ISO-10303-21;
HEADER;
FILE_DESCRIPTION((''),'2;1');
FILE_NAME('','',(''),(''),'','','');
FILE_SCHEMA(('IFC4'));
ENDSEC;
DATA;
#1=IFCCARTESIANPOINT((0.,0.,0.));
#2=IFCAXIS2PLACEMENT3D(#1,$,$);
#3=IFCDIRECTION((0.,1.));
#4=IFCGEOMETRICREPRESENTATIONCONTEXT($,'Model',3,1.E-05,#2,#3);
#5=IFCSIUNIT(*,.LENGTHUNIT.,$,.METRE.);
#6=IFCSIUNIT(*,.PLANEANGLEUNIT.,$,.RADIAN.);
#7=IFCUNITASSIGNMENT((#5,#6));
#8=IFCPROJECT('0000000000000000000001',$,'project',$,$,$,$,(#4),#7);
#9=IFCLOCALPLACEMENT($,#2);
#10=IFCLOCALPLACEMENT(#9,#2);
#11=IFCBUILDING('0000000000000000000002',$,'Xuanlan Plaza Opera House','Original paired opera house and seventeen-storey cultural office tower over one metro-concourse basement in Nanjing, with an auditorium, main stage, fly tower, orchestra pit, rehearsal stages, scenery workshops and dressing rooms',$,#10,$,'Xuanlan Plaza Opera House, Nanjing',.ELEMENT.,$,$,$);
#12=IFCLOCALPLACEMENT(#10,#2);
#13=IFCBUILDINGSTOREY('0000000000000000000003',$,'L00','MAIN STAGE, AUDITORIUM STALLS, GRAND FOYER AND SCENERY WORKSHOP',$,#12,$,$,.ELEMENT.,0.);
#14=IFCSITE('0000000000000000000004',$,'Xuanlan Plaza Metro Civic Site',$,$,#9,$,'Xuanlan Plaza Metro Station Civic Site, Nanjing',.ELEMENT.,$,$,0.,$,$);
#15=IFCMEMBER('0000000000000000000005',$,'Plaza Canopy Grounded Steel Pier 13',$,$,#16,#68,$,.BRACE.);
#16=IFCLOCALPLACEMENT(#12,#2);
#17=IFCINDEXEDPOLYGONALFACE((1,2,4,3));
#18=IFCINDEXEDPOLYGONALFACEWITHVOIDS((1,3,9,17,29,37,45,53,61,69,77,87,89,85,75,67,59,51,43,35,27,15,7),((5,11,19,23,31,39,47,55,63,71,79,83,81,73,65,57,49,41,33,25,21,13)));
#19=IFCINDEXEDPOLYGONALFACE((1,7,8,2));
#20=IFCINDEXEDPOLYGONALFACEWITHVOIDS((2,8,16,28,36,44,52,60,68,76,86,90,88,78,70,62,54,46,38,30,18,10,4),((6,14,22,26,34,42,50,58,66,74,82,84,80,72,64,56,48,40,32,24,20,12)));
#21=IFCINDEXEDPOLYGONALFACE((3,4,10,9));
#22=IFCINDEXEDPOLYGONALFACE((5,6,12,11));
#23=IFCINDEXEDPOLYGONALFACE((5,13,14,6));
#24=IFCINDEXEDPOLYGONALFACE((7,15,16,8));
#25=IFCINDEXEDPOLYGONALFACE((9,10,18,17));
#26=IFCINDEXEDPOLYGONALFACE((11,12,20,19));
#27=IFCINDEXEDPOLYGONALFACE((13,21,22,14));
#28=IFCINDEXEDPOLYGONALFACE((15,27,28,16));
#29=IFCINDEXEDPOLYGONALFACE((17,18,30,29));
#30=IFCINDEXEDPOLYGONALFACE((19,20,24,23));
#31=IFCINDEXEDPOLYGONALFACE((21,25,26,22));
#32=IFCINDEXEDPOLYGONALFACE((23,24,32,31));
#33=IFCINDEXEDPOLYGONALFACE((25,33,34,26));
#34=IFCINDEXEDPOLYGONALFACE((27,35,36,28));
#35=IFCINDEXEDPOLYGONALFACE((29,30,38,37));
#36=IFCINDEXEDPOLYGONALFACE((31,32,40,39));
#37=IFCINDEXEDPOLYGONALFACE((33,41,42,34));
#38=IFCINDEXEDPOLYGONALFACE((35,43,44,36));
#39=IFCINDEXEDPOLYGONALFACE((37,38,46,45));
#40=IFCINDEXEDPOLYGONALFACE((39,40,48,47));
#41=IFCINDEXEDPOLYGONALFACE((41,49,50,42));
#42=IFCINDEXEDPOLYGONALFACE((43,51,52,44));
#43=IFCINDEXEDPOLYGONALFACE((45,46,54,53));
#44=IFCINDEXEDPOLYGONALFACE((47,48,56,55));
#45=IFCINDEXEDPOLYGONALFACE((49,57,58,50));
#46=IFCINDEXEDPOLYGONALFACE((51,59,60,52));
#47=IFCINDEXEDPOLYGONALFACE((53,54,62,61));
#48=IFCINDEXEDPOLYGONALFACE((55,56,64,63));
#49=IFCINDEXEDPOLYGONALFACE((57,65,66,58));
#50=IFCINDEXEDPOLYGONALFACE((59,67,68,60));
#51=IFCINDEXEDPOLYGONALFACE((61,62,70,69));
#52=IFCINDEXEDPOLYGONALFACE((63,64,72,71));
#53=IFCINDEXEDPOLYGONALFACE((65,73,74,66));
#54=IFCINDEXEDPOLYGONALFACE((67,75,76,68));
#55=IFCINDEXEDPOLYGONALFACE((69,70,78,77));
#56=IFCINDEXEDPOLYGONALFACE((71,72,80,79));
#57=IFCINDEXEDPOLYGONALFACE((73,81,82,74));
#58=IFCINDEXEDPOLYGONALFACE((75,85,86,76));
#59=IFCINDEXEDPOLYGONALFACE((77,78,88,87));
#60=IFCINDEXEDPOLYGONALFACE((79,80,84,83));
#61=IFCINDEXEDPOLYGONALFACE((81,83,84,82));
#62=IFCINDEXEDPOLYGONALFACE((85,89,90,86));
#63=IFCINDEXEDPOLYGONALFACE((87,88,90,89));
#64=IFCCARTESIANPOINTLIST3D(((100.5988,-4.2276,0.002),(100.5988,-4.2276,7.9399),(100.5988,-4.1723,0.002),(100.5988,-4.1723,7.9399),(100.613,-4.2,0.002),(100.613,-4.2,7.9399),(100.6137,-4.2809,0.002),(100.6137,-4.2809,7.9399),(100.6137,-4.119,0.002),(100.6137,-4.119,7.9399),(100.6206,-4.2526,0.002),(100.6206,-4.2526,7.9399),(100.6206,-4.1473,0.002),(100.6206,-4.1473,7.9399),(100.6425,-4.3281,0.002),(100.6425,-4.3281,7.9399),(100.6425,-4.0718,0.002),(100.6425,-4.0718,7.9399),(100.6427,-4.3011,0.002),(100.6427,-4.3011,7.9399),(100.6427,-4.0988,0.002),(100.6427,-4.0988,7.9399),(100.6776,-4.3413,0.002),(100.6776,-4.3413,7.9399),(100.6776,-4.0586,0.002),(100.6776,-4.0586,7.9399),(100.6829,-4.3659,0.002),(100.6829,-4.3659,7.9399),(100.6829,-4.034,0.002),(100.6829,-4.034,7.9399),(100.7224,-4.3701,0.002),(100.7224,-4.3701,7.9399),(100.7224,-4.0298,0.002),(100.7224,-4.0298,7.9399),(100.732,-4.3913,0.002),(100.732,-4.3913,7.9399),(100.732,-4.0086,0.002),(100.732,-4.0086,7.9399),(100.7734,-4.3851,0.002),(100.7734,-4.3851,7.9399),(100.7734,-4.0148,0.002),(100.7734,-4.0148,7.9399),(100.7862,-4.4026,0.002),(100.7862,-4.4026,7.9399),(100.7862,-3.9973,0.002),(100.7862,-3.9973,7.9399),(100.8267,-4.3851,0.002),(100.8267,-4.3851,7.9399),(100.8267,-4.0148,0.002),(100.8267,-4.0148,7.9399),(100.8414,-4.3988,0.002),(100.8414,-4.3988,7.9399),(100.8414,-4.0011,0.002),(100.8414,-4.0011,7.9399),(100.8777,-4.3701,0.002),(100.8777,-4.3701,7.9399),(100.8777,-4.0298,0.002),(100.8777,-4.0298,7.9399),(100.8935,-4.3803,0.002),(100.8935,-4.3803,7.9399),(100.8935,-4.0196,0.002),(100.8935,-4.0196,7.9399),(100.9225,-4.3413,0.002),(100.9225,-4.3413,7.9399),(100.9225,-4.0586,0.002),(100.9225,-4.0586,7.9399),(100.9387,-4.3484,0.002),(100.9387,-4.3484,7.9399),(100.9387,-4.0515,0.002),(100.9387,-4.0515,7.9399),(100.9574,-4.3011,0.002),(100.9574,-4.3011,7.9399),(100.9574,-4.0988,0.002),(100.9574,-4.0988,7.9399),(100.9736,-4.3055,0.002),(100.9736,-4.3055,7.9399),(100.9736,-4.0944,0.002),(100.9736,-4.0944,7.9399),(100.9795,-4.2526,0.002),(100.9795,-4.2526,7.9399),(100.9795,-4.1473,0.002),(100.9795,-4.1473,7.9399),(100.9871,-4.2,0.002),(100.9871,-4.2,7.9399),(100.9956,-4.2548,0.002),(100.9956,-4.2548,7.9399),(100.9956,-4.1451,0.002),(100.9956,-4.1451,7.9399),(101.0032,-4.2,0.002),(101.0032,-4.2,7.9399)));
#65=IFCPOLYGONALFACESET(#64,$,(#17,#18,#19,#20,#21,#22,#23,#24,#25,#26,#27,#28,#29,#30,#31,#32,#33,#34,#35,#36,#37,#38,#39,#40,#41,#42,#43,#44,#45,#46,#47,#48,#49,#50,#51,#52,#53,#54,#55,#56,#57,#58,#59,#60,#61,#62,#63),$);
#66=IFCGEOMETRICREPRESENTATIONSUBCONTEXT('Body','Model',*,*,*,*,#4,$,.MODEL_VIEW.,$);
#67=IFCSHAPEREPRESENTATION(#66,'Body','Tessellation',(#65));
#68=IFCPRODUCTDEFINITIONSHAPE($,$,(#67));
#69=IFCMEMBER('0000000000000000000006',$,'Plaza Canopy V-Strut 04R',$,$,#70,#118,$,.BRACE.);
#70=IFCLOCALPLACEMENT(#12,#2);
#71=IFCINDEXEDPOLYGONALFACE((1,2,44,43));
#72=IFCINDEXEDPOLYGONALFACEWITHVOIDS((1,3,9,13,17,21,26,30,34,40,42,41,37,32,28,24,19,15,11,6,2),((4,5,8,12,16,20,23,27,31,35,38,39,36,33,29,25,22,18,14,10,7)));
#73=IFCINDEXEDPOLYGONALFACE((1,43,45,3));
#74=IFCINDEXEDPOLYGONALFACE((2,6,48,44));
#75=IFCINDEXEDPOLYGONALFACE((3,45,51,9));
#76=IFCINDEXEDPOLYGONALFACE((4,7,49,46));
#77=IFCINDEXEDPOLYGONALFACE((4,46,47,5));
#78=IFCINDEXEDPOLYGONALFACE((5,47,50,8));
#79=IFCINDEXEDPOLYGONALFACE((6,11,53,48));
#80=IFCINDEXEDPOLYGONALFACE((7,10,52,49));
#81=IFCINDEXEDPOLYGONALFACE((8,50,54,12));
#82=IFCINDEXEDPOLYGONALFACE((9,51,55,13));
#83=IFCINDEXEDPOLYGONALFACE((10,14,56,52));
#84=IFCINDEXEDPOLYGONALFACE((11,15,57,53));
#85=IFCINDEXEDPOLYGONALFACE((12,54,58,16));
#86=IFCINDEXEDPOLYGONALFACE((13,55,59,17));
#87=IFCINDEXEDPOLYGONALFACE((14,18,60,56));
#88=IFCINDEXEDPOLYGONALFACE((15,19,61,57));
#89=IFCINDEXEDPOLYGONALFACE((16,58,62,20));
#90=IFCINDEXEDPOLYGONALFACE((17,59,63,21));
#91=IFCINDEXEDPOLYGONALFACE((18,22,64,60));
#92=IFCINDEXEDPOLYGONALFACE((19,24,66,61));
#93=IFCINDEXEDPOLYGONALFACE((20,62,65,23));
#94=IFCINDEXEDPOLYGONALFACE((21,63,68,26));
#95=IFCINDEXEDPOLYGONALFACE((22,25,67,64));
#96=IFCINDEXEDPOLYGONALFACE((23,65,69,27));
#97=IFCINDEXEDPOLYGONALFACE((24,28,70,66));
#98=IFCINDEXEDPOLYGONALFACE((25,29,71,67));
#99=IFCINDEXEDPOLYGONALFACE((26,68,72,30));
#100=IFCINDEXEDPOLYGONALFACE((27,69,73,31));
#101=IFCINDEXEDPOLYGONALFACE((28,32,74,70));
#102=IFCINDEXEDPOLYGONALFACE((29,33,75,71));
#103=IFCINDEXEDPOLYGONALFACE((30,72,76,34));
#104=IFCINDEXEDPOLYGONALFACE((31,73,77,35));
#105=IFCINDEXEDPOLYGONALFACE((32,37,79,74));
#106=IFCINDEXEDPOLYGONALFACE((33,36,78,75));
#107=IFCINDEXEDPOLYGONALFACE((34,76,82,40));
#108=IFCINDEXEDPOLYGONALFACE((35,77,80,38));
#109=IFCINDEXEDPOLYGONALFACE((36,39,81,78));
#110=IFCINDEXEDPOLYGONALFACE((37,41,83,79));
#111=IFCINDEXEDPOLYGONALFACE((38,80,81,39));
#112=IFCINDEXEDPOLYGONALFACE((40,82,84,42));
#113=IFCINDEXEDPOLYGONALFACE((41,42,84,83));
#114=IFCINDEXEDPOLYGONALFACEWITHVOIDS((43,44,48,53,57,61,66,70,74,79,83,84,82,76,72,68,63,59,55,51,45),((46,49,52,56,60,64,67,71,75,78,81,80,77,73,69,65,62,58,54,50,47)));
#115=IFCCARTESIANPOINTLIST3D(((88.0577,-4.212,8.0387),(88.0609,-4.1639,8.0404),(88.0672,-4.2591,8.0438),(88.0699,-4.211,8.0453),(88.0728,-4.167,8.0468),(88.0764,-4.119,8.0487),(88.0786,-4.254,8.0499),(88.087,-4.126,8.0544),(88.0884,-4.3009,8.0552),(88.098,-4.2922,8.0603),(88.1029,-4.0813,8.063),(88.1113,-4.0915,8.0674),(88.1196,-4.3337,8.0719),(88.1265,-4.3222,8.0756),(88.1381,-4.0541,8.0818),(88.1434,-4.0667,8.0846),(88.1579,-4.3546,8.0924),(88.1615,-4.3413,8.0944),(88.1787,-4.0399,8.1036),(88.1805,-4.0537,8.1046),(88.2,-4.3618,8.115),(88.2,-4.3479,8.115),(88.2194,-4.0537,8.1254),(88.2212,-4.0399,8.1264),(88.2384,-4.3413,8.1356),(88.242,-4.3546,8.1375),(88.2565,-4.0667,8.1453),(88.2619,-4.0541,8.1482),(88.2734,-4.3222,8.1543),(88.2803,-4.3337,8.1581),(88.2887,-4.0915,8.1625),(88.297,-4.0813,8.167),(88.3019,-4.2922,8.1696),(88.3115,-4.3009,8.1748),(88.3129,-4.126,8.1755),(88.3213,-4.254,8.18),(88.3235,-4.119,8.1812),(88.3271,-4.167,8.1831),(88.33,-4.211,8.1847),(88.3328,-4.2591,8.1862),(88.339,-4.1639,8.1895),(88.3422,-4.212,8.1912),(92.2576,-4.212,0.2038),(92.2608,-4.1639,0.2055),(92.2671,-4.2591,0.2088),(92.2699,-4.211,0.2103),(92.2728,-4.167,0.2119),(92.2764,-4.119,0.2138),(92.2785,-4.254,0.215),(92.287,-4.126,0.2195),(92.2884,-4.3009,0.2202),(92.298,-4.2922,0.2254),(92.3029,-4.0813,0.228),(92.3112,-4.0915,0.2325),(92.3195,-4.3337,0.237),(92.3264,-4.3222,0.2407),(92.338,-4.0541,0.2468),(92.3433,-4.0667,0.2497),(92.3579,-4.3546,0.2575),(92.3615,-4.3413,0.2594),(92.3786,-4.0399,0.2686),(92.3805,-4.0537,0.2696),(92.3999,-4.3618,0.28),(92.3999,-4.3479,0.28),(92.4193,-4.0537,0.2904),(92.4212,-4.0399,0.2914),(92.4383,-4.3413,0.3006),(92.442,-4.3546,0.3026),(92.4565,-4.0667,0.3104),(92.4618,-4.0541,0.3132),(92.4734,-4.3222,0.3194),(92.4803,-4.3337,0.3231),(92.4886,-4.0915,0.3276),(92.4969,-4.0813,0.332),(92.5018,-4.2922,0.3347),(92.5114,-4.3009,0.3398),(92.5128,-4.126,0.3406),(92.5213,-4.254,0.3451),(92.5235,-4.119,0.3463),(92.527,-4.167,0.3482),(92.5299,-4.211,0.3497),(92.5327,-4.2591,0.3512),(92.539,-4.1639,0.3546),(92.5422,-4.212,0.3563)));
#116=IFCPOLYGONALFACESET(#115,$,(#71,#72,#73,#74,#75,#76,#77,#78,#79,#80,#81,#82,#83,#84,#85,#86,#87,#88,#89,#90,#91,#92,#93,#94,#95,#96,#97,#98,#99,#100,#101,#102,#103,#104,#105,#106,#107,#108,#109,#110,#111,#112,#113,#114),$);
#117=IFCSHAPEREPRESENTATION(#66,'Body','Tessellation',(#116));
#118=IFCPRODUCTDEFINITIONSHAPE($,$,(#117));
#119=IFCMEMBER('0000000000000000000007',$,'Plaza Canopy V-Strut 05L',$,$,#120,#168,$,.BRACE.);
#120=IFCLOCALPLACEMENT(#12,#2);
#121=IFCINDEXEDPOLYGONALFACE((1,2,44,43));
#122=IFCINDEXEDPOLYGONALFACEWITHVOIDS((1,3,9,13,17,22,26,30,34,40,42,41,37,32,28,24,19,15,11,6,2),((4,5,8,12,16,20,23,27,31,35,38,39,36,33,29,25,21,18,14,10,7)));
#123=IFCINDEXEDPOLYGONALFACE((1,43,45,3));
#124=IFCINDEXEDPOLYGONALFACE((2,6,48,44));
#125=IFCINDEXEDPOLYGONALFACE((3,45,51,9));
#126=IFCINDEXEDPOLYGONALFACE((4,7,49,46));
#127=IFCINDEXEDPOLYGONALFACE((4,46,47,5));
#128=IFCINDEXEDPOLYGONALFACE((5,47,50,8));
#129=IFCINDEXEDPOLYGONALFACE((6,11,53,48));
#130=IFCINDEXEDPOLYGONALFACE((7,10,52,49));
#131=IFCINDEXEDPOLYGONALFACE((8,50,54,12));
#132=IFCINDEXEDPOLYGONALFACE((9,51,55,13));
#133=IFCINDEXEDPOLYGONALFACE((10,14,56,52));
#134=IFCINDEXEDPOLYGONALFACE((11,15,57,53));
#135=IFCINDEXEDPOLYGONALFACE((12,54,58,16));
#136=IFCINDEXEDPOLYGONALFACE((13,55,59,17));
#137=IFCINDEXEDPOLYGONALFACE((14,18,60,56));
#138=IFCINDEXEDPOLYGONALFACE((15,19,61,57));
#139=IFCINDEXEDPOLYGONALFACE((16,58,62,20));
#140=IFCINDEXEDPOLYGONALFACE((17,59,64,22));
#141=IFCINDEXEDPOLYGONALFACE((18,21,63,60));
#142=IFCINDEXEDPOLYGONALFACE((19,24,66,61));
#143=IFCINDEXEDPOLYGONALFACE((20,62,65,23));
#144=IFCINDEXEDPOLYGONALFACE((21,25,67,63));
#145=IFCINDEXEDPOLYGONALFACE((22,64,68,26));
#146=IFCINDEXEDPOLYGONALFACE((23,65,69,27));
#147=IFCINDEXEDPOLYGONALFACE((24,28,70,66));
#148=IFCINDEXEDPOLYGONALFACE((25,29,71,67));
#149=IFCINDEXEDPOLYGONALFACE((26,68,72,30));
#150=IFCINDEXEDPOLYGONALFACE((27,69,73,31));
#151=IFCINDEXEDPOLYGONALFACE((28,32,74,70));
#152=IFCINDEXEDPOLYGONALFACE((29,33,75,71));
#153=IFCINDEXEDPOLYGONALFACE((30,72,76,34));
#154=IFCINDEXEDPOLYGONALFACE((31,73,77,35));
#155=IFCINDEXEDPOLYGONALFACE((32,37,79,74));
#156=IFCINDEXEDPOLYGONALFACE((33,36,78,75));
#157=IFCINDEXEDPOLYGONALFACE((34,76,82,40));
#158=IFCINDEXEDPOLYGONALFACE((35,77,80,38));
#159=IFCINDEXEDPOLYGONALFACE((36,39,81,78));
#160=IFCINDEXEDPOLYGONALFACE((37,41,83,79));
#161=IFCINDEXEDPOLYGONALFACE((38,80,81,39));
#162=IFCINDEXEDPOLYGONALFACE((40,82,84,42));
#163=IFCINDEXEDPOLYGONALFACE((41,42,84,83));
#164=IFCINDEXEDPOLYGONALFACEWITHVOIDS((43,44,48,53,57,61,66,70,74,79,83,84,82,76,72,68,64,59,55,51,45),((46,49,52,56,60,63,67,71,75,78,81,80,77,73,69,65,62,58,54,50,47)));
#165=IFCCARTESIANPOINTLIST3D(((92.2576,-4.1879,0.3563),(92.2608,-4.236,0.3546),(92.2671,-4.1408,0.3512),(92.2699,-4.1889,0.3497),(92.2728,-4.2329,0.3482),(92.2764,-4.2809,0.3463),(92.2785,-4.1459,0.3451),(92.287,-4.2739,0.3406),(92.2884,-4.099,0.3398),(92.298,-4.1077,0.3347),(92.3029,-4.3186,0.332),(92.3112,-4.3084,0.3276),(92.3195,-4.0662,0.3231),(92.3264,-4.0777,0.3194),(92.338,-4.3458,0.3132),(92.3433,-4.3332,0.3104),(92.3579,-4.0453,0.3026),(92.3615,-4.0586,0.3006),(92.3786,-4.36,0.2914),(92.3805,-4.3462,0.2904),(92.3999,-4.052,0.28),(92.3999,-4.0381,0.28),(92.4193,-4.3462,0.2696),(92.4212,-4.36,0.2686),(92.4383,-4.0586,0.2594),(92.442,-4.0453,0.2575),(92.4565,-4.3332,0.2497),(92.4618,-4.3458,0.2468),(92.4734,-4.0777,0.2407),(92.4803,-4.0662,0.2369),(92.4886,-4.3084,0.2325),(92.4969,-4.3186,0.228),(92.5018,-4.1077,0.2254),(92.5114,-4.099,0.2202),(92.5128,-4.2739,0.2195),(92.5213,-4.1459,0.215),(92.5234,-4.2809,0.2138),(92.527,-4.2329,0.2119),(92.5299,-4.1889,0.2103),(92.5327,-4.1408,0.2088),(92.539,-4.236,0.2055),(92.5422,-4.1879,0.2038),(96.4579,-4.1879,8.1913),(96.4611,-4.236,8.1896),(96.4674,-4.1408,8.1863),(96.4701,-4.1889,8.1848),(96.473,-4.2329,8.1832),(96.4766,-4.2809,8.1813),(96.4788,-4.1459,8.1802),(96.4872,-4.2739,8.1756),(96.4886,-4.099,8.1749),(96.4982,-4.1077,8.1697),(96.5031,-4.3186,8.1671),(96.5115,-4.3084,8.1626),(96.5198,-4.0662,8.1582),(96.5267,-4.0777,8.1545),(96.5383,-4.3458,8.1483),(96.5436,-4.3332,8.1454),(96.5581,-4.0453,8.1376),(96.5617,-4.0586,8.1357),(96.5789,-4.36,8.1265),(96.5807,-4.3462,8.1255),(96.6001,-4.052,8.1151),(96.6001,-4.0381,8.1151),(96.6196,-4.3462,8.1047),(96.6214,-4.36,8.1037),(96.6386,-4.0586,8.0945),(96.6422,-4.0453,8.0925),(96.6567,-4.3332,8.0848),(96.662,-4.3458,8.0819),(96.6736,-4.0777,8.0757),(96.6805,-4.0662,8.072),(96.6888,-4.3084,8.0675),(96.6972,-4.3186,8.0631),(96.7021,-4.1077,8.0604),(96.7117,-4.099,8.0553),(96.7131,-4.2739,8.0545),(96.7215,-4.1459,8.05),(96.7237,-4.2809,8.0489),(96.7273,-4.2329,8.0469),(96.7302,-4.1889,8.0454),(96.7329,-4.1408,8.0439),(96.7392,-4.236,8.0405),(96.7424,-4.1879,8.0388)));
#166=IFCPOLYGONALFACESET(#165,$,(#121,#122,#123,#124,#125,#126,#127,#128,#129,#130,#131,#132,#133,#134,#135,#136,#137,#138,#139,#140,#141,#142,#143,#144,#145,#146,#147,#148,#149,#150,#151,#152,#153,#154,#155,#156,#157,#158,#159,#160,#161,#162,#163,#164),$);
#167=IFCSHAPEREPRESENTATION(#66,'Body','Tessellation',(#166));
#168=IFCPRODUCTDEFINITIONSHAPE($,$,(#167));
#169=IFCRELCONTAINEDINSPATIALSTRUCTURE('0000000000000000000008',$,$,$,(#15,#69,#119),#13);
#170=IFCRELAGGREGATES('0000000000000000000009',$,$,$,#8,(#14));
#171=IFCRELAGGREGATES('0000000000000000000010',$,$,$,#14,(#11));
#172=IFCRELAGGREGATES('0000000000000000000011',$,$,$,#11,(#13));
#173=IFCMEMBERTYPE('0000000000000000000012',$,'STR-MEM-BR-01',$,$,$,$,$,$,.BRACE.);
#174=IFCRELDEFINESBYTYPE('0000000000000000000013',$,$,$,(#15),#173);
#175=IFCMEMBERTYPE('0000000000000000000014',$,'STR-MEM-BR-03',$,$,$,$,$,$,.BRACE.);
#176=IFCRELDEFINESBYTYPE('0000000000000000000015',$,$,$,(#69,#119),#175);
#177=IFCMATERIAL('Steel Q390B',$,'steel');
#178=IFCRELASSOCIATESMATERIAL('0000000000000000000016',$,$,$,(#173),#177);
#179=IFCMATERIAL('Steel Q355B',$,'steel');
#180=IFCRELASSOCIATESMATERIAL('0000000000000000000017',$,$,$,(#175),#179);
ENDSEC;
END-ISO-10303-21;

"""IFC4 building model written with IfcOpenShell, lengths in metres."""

from ifc_helpers import new_model, si_unit, direction, frame, origin, origin_2d, place, context, subcontext, project, spatial, hollow_circle, extrude, material, material_profile, profile_set, type_object, element, save


model = new_model("IFC4")

# Units and contexts
model_context = context("Model", 3, precision=1e-05, world=origin(), true_north=direction((0.0, 1.0)))
body_context = subcontext(model_context, "Body", "Model", "MODEL_VIEW")
ifc_project = project(units=[si_unit("LENGTHUNIT", "METRE"), si_unit("PLANEANGLEUNIT", "RADIAN")], contexts=[model_context])

# Site, building, storey
site_placement = place(None, origin())
site = spatial("IfcSite", under=ifc_project, at=site_placement, Name="Xuanlan Plaza Metro Civic Site", LongName="Xuanlan Plaza Metro Station Civic Site, Nanjing", CompositionType="ELEMENT", RefElevation=0.0)
building_placement = place(site_placement, origin())
building = spatial("IfcBuilding", under=site, at=building_placement, Name="Xuanlan Plaza Opera House", Description="Original paired opera house and seventeen-storey cultural office tower over one metro-concourse basement in Nanjing, with an auditorium, main stage, fly tower, orchestra pit, rehearsal stages, scenery workshops and dressing rooms", LongName="Xuanlan Plaza Opera House, Nanjing", CompositionType="ELEMENT")
storey_placement = place(building_placement, origin())
storey = spatial("IfcBuildingStorey", under=building, at=storey_placement, Name="L00", Description="MAIN STAGE, AUDITORIUM STALLS, GRAND FOYER AND SCENERY WORKSHOP", CompositionType="ELEMENT", Elevation=0.0)

# Members
ifc_material_1 = material(Name="Steel Q390B", Category="steel")
ifc_material_profile_1 = material_profile(ifc_material_1, hollow_circle(Radius=0.2031, WallThickness=0.0161, at=origin_2d()), Name="CHS 406.4x16")
ifc_profile_set_1 = profile_set([ifc_material_profile_1], Name="Steel Q390B")
member_type_1 = type_object("IfcMemberType", Name="STR-MEM-BR-01", PredefinedType="BRACE", material=ifc_profile_set_1)
member_1_placement = place(storey_placement, frame((100.8, -4.2, 0.002), z_axis=(0.0, 0.0, 1.0), x_axis=(1.0, 0.0, 0.0)))
element("IfcMember", 1, at=member_1_placement, inside=storey, type_object=member_type_1, Name="Plaza Canopy Grounded Steel Pier 13", PredefinedType="BRACE", context=body_context, shape_type="SweptSolid", body=[
    extrude(hollow_circle(Radius=0.2031, WallThickness=0.0161, at=origin_2d()), origin(), (0.0, 0.0, 1.0), 7.938),
])
ifc_material_2 = material(Name="Steel Q355B", Category="steel")
ifc_material_profile_2 = material_profile(ifc_material_2, hollow_circle(Radius=0.1619, WallThickness=0.0139, at=origin_2d()), Name="CHS 323.9x14")
ifc_profile_set_2 = profile_set([ifc_material_profile_2], Name="Steel Q355B")
member_type_2 = type_object("IfcMemberType", Name="STR-MEM-BR-03", PredefinedType="BRACE", material=ifc_profile_set_2)
member_2_placement = place(storey_placement, frame((92.3999, -4.2, 0.28), z_axis=(-0.472453, 0.0, 0.881356), x_axis=(0.0, -1.0, 0.0)))
element("IfcMember", 2, at=member_2_placement, inside=storey, type_object=member_type_2, Name="Plaza Canopy V-Strut 04R", PredefinedType="BRACE", context=body_context, shape_type="SweptSolid", body=[
    extrude(hollow_circle(Radius=0.1619, WallThickness=0.0139, at=origin_2d()), origin(), (0.0, 0.0, 1.0), 8.8896),
])
member_3_placement = place(storey_placement, frame((92.3999, -4.2, 0.28), z_axis=(0.472474, 0.0, 0.881344), x_axis=(0.0, 1.0, 0.0)))
element("IfcMember", 3, at=member_3_placement, inside=storey, type_object=member_type_2, Name="Plaza Canopy V-Strut 05L", PredefinedType="BRACE", context=body_context, shape_type="SweptSolid", body=[
    extrude(hollow_circle(Radius=0.1619, WallThickness=0.0139, at=origin_2d()), origin(), (0.0, 0.0, 1.0), 8.8899),
])

save(model, "model.ifc")
